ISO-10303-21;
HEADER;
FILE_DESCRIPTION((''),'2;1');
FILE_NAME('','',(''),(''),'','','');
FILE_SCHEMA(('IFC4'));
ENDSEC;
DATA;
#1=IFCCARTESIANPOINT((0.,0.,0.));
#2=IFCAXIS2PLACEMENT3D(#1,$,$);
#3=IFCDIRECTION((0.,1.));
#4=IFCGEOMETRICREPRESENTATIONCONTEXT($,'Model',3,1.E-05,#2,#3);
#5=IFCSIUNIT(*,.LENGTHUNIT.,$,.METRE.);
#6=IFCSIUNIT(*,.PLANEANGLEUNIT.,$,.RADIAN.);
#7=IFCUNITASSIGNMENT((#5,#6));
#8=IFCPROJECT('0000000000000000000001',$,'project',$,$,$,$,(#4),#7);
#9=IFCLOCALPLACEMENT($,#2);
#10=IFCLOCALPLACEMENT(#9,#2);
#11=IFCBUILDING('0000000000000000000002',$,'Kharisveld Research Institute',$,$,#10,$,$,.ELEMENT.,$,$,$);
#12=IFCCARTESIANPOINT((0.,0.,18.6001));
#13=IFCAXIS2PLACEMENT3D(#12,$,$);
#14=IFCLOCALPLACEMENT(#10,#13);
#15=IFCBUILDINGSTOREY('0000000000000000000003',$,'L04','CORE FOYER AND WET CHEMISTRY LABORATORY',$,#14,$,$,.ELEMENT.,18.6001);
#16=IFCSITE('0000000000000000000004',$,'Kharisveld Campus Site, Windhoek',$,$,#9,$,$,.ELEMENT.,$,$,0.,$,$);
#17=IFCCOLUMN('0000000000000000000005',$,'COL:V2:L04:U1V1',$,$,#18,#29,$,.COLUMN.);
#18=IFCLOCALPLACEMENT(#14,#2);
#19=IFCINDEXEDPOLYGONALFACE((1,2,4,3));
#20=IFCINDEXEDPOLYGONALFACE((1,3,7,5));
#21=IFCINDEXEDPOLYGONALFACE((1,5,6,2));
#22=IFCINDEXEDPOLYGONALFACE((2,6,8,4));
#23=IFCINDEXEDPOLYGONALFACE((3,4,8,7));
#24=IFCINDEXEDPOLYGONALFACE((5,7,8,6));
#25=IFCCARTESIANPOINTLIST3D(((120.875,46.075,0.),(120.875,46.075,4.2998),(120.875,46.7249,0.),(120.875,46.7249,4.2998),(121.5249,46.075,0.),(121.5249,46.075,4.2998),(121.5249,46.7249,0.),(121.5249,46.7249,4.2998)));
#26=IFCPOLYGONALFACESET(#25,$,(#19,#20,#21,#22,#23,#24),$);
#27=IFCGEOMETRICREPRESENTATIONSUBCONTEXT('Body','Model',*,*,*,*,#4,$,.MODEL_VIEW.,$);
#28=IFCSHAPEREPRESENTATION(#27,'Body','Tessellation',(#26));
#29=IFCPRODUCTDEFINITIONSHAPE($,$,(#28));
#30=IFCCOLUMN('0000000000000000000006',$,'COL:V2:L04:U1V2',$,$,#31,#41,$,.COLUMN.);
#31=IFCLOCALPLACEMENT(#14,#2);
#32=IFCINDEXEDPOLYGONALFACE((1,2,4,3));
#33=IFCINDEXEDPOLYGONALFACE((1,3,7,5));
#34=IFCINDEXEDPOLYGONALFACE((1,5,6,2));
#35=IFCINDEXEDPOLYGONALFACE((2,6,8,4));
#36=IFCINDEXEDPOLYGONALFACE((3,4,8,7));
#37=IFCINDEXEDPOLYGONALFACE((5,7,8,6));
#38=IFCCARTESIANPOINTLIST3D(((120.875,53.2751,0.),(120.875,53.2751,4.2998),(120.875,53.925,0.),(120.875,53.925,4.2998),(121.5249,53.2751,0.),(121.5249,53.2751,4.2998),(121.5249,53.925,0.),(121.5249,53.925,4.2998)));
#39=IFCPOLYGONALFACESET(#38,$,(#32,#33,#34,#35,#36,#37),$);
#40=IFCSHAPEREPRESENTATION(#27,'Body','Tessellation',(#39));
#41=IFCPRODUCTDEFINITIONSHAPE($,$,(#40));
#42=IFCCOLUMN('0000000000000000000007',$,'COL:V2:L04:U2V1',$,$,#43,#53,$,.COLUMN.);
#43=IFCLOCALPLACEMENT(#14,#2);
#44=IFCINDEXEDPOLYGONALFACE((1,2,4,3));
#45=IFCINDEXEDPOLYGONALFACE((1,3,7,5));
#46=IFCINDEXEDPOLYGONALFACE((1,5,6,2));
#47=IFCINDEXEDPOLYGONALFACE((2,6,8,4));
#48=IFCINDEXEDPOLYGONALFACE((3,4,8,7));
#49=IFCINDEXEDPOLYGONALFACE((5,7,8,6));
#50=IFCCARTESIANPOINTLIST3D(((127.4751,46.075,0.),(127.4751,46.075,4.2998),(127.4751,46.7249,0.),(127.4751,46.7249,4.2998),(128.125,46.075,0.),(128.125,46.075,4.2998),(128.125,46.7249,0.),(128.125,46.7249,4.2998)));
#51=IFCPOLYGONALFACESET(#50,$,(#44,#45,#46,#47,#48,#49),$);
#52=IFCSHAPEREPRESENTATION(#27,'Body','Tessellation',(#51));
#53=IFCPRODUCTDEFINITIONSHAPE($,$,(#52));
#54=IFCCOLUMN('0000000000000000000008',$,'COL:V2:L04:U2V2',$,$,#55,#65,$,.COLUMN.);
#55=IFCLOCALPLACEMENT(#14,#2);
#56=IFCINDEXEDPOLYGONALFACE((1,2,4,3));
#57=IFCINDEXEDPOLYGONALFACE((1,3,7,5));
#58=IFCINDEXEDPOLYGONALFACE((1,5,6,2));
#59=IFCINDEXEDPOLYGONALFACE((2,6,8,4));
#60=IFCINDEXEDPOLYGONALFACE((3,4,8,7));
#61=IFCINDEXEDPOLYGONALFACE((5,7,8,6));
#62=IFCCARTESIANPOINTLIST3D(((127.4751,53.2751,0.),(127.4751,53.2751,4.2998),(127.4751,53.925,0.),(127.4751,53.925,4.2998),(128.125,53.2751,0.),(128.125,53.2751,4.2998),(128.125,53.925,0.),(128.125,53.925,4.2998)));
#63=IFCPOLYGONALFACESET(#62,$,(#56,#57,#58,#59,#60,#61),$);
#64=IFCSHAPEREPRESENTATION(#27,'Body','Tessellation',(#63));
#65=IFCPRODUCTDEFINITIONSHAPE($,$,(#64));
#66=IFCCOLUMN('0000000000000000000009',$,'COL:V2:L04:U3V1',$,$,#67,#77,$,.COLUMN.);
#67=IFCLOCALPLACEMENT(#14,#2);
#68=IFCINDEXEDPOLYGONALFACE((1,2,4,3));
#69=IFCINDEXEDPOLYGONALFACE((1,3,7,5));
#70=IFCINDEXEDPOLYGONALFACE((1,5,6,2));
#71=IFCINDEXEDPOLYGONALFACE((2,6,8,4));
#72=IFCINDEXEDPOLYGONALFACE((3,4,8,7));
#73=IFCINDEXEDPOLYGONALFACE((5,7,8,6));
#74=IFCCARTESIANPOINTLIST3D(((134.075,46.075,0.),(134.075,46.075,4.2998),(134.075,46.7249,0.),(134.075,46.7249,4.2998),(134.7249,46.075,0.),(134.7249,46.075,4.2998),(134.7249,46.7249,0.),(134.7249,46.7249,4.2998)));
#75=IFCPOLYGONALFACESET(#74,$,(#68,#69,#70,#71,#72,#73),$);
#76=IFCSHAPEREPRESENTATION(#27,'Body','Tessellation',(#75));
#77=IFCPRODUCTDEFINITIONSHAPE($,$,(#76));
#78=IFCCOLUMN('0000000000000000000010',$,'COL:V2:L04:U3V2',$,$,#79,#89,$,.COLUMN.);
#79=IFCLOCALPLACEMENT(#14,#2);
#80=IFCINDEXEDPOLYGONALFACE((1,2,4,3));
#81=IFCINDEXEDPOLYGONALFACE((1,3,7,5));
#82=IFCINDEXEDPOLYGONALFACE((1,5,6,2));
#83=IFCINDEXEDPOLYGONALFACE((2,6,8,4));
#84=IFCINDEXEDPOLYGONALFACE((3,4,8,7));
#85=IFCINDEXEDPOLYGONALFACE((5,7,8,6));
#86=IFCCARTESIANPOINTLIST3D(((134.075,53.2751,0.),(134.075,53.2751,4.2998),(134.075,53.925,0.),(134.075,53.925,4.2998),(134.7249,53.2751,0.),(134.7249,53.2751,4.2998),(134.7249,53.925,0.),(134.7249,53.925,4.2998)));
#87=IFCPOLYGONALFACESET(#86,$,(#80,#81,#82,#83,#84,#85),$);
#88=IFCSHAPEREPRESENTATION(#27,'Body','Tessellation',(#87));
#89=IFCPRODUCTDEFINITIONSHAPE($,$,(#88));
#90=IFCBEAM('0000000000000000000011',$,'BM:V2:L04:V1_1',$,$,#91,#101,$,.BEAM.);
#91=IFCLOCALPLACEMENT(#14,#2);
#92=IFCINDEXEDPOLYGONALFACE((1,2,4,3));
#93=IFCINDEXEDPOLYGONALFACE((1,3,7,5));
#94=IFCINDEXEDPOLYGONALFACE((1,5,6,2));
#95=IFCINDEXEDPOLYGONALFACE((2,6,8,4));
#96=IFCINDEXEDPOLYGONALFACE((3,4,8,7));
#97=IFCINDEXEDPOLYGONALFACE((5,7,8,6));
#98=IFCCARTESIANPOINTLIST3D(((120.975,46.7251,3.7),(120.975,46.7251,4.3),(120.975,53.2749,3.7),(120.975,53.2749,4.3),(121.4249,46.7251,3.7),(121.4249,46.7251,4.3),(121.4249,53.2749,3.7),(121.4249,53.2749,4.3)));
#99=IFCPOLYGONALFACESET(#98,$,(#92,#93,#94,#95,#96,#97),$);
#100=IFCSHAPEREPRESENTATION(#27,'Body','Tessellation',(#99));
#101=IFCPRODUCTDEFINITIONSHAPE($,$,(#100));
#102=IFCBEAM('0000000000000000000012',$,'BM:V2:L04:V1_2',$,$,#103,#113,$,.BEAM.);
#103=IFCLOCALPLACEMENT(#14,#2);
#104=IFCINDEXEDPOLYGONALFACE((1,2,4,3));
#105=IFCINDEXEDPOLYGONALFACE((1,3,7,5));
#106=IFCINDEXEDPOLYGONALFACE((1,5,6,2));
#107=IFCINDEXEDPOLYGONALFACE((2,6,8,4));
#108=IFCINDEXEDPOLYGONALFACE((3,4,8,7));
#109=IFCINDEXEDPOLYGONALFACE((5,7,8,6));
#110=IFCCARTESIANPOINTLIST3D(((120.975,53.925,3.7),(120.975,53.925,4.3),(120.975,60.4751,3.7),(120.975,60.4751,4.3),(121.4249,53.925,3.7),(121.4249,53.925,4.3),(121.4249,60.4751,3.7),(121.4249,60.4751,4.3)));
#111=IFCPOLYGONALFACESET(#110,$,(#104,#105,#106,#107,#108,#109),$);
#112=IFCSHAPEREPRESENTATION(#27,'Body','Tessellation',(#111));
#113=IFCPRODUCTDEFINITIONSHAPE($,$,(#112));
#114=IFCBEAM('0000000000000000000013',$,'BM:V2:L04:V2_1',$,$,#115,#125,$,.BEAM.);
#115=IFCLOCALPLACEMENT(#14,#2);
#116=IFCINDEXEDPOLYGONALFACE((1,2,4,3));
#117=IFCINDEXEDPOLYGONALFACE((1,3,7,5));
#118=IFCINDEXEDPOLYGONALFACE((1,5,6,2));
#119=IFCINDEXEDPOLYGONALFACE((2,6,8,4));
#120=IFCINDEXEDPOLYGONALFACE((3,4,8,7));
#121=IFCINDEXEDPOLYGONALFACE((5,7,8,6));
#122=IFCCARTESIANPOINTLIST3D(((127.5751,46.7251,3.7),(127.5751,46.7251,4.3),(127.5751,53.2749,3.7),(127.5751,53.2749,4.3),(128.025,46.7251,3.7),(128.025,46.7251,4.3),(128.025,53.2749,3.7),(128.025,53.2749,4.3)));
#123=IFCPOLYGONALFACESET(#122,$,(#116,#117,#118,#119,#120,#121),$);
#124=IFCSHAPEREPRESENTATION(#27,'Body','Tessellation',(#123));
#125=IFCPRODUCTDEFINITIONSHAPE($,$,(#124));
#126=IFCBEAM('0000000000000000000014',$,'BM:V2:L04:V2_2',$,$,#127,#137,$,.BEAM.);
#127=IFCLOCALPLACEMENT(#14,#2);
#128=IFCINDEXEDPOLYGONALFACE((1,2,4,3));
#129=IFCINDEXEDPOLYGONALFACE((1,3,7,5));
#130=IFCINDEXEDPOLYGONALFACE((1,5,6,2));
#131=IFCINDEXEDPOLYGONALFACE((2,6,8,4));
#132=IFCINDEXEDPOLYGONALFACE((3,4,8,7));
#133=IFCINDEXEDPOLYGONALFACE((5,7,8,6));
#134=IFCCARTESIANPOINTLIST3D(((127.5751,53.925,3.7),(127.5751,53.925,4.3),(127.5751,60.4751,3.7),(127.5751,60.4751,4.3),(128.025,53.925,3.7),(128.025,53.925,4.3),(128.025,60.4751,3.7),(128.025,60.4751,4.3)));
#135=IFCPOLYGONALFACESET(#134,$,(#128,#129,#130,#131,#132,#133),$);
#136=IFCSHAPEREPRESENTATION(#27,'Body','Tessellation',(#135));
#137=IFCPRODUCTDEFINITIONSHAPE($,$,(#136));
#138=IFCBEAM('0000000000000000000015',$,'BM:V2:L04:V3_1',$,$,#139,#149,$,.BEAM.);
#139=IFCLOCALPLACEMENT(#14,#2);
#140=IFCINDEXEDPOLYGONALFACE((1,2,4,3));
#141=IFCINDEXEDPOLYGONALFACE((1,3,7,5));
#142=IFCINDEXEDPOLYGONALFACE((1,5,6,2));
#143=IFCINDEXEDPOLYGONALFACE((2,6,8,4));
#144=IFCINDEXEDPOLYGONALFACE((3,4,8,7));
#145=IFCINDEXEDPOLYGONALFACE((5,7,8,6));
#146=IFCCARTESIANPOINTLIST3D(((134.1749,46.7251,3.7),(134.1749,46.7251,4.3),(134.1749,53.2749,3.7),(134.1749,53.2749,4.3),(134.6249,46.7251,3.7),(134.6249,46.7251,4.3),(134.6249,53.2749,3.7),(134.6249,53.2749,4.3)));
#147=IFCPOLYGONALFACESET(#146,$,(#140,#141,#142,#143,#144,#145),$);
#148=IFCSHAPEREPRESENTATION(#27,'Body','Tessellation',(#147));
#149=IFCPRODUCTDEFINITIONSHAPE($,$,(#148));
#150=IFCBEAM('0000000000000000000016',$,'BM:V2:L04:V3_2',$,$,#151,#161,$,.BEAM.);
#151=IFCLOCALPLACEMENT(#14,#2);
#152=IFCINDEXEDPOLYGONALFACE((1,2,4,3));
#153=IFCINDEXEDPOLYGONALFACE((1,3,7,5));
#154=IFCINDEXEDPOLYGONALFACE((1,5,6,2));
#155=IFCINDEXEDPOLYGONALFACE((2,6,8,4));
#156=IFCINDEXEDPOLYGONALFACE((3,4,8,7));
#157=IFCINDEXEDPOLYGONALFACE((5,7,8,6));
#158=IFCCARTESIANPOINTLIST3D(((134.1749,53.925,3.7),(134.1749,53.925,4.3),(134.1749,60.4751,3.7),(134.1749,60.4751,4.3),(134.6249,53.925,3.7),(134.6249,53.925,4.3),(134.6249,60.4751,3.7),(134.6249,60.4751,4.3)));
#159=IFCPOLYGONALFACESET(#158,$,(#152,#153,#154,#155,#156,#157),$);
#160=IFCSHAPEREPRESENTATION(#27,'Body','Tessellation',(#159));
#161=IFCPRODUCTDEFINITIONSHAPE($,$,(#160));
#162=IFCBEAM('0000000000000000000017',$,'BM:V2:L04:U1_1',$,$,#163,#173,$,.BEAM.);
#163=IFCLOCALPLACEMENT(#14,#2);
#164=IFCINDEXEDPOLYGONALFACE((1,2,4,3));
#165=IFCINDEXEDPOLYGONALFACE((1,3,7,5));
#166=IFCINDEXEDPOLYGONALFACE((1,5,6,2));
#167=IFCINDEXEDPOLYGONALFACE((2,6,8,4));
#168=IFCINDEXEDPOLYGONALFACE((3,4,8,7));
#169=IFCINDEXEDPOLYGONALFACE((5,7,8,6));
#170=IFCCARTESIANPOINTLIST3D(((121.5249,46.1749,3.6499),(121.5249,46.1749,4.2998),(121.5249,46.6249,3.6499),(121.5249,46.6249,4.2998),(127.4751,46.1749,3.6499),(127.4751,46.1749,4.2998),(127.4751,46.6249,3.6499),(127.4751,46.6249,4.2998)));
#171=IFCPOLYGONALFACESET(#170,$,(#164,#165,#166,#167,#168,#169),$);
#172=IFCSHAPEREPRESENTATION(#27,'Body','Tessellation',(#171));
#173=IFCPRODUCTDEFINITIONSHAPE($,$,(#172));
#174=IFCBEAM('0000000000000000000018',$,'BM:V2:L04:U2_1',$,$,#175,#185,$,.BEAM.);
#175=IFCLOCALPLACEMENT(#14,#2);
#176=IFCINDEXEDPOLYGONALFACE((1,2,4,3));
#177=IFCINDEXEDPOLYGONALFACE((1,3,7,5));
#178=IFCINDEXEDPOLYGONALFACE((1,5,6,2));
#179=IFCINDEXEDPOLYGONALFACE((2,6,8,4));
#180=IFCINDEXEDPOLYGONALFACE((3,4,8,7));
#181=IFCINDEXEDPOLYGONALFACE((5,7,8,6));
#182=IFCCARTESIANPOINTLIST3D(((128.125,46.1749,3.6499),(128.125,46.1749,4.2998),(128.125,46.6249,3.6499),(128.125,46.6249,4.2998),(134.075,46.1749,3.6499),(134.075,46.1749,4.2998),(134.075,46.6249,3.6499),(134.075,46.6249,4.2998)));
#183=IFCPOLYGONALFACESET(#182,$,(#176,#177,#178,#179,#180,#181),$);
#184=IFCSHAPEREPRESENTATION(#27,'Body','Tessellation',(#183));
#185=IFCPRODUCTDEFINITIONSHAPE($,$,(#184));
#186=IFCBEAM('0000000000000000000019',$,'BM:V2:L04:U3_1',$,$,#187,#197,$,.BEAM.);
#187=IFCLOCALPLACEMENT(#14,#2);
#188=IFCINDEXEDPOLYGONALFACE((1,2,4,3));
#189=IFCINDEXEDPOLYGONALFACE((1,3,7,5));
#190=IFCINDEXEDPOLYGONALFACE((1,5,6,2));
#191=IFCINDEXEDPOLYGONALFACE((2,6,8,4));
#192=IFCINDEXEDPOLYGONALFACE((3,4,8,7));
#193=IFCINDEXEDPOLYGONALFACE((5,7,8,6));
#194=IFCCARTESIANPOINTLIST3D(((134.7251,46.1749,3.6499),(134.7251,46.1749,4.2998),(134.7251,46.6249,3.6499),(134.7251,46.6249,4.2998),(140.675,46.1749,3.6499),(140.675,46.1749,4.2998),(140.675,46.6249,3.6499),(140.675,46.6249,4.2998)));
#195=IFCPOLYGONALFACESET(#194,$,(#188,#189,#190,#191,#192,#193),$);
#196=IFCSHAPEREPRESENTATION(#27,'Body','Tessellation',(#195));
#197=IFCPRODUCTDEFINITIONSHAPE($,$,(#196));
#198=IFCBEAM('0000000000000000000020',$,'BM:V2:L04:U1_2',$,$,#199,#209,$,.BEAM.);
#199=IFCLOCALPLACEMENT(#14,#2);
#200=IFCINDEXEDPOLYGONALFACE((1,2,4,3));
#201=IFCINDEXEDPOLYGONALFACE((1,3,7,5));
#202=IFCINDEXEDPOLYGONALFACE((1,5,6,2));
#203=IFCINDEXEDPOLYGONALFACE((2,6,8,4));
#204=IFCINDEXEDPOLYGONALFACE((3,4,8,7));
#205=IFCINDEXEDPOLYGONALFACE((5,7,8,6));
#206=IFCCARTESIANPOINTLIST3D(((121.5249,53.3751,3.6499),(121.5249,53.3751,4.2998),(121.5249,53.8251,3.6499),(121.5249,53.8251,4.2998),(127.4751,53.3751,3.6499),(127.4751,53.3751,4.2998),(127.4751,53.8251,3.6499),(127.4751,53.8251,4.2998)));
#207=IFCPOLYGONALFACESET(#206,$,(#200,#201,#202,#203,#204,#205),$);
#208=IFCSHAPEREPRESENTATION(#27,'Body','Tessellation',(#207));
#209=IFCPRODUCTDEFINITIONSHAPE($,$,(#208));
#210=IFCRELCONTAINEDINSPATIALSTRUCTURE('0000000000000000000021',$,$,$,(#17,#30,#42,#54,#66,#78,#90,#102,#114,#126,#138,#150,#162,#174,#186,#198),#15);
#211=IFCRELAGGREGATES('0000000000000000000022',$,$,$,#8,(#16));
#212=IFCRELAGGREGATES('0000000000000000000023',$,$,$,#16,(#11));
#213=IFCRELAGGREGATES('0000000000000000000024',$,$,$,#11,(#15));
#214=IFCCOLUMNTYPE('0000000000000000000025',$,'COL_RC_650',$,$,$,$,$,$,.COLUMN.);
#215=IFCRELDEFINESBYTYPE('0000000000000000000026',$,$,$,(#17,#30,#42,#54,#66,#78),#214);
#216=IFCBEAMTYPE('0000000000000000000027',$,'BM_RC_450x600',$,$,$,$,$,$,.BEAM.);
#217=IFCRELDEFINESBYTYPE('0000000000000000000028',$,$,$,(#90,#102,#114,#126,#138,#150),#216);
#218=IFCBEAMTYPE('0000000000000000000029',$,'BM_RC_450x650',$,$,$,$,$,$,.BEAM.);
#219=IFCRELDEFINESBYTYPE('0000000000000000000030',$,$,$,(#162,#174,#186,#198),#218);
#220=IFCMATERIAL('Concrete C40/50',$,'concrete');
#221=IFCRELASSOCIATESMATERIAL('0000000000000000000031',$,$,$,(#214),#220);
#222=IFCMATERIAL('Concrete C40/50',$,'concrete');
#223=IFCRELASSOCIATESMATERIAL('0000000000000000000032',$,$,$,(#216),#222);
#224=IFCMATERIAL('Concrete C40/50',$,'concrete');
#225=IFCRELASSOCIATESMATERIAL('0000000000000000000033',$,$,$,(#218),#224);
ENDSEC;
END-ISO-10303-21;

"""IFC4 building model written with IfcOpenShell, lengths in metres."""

from ifc_helpers import new_model, si_unit, direction, frame, origin, origin_2d, place, context, subcontext, project, spatial, rectangle, extrude, material, material_profile, profile_set, type_object, element, save


model = new_model("IFC4")

# Units and contexts
model_context = context("Model", 3, precision=1e-05, world=origin(), true_north=direction((0.0, 1.0)))
body_context = subcontext(model_context, "Body", "Model", "MODEL_VIEW")
ifc_project = project(units=[si_unit("LENGTHUNIT", "METRE"), si_unit("PLANEANGLEUNIT", "RADIAN")], contexts=[model_context])

# Site, building, storey
site_placement = place(None, origin())
site = spatial("IfcSite", under=ifc_project, at=site_placement, Name="Kharisveld Campus Site, Windhoek", CompositionType="ELEMENT", RefElevation=0.0)
building_placement = place(site_placement, origin())
building = spatial("IfcBuilding", under=site, at=building_placement, Name="Kharisveld Research Institute", CompositionType="ELEMENT")
storey_placement = place(building_placement, frame((0.0, 0.0, 18.6001)))
storey = spatial("IfcBuildingStorey", under=building, at=storey_placement, Name="L04", Description="CORE FOYER AND WET CHEMISTRY LABORATORY", CompositionType="ELEMENT", Elevation=18.6001)

# Columns
ifc_material_1 = material(Name="Concrete C40/50", Category="concrete")
ifc_material_profile_1 = material_profile(ifc_material_1, rectangle(XDim=0.6499, YDim=0.6499, at=origin_2d()))
ifc_profile_set_1 = profile_set([ifc_material_profile_1], Name="Concrete C40/50")
column_type = type_object("IfcColumnType", Name="COL_RC_650", PredefinedType="COLUMN", material=ifc_profile_set_1)
for number, where, z_axis, x_axis, name in (
    (1, (121.2, 46.3999, 0.0), (0.0, 0.0, 1.0), (1.0, 0.0, 0.0), "COL:V2:L04:U1V1"),
    (2, (121.2, 53.6001, 0.0), (0.0, 0.0, 1.0), (1.0, 0.0, 0.0), "COL:V2:L04:U1V2"),
    (3, (127.8, 46.3999, 0.0), (0.0, 0.0, 1.0), (1.0, 0.0, 0.0), "COL:V2:L04:U2V1"),
    (4, (127.8, 53.6001, 0.0), (0.0, 0.0, 1.0), (1.0, 0.0, 0.0), "COL:V2:L04:U2V2"),
    (5, (134.3999, 46.3999, 0.0), (0.0, 0.0, 1.0), (1.0, 0.0, 0.0), "COL:V2:L04:U3V1"),
    (6, (134.3999, 53.6001, 0.0), (0.0, 0.0, 1.0), (1.0, 0.0, 0.0), "COL:V2:L04:U3V2"),
):
    element("IfcColumn", number, at=place(storey_placement, frame(where, z_axis=z_axis, x_axis=x_axis)), inside=storey, type_object=column_type, Name=name, PredefinedType="COLUMN", context=body_context, shape_type="SweptSolid", body=[
        extrude(rectangle(XDim=0.6499, YDim=0.6499, at=origin_2d()), origin(), (0.0, 0.0, 1.0), 4.2998),
    ])

# Beams
ifc_material_2 = material(Name="Concrete C40/50", Category="concrete")
ifc_material_profile_2 = material_profile(ifc_material_2, rectangle(XDim=0.45, YDim=0.6001, at=origin_2d()))
ifc_profile_set_2 = profile_set([ifc_material_profile_2], Name="Concrete C40/50")
beam_type_1 = type_object("IfcBeamType", Name="BM_RC_450x600", PredefinedType="BEAM", material=ifc_profile_set_2)
beam_1_placement = place(storey_placement, frame((121.2, 46.7251, 4.0), z_axis=(0.0, 1.0, 0.0), x_axis=(-1.0, 0.0, 0.0)))
element("IfcBeam", 7, at=beam_1_placement, inside=storey, type_object=beam_type_1, Name="BM:V2:L04:V1_1", PredefinedType="BEAM", context=body_context, shape_type="SweptSolid", body=[
    extrude(rectangle(XDim=0.45, YDim=0.6001, at=origin_2d()), origin(), (0.0, 0.0, 1.0), 6.5498),
])
beam_2_placement = place(storey_placement, frame((121.2, 53.925, 4.0), z_axis=(0.0, 1.0, 0.0), x_axis=(-1.0, 0.0, 0.0)))
element("IfcBeam", 8, at=beam_2_placement, inside=storey, type_object=beam_type_1, Name="BM:V2:L04:V1_2", PredefinedType="BEAM", context=body_context, shape_type="SweptSolid", body=[
    extrude(rectangle(XDim=0.45, YDim=0.6001, at=origin_2d()), origin(), (0.0, 0.0, 1.0), 6.55),
])
beam_3_placement = place(storey_placement, frame((127.8, 46.7251, 4.0), z_axis=(0.0, 1.0, 0.0), x_axis=(-1.0, 0.0, 0.0)))
element("IfcBeam", 9, at=beam_3_placement, inside=storey, type_object=beam_type_1, Name="BM:V2:L04:V2_1", PredefinedType="BEAM", context=body_context, shape_type="SweptSolid", body=[
    extrude(rectangle(XDim=0.45, YDim=0.6001, at=origin_2d()), origin(), (0.0, 0.0, 1.0), 6.5498),
])
beam_4_placement = place(storey_placement, frame((127.8, 53.925, 4.0), z_axis=(0.0, 1.0, 0.0), x_axis=(-1.0, 0.0, 0.0)))
element("IfcBeam", 10, at=beam_4_placement, inside=storey, type_object=beam_type_1, Name="BM:V2:L04:V2_2", PredefinedType="BEAM", context=body_context, shape_type="SweptSolid", body=[
    extrude(rectangle(XDim=0.45, YDim=0.6001, at=origin_2d()), origin(), (0.0, 0.0, 1.0), 6.55),
])
beam_5_placement = place(storey_placement, frame((134.3999, 46.7251, 4.0), z_axis=(0.0, 1.0, 0.0), x_axis=(-1.0, 0.0, 0.0)))
element("IfcBeam", 11, at=beam_5_placement, inside=storey, type_object=beam_type_1, Name="BM:V2:L04:V3_1", PredefinedType="BEAM", context=body_context, shape_type="SweptSolid", body=[
    extrude(rectangle(XDim=0.45, YDim=0.6001, at=origin_2d()), origin(), (0.0, 0.0, 1.0), 6.5498),
])
beam_6_placement = place(storey_placement, frame((134.3999, 53.925, 4.0), z_axis=(0.0, 1.0, 0.0), x_axis=(-1.0, 0.0, 0.0)))
element("IfcBeam", 12, at=beam_6_placement, inside=storey, type_object=beam_type_1, Name="BM:V2:L04:V3_2", PredefinedType="BEAM", context=body_context, shape_type="SweptSolid", body=[
    extrude(rectangle(XDim=0.45, YDim=0.6001, at=origin_2d()), origin(), (0.0, 0.0, 1.0), 6.55),
])
ifc_material_3 = material(Name="Concrete C40/50", Category="concrete")
ifc_material_profile_3 = material_profile(ifc_material_3, rectangle(XDim=0.45, YDim=0.6499, at=origin_2d()))
ifc_profile_set_3 = profile_set([ifc_material_profile_3], Name="Concrete C40/50")
beam_type_2 = type_object("IfcBeamType", Name="BM_RC_450x650", PredefinedType="BEAM", material=ifc_profile_set_3)
beam_7_placement = place(storey_placement, frame((121.5249, 46.3999, 3.9749), z_axis=(1.0, 0.0, 0.0), x_axis=(0.0, 1.0, 0.0)))
element("IfcBeam", 13, at=beam_7_placement, inside=storey, type_object=beam_type_2, Name="BM:V2:L04:U1_1", PredefinedType="BEAM", context=body_context, shape_type="SweptSolid", body=[
    extrude(rectangle(XDim=0.45, YDim=0.6499, at=origin_2d()), origin(), (0.0, 0.0, 1.0), 5.9502),
])
for number, where, z_axis, x_axis, name in (
    (14, (128.125, 46.3999, 3.9749), (1.0, 0.0, 0.0), (0.0, 1.0, 0.0), "BM:V2:L04:U2_1"),
    (15, (134.7251, 46.3999, 3.9749), (1.0, 0.0, 0.0), (0.0, 1.0, 0.0), "BM:V2:L04:U3_1"),
):
    element("IfcBeam", number, at=place(storey_placement, frame(where, z_axis=z_axis, x_axis=x_axis)), inside=storey, type_object=beam_type_2, Name=name, PredefinedType="BEAM", context=body_context, shape_type="SweptSolid", body=[
        extrude(rectangle(XDim=0.45, YDim=0.6499, at=origin_2d()), origin(), (0.0, 0.0, 1.0), 5.95),
    ])
beam_8_placement = place(storey_placement, frame((121.5249, 53.6001, 3.9749), z_axis=(1.0, 0.0, 0.0), x_axis=(0.0, 1.0, 0.0)))
element("IfcBeam", 16, at=beam_8_placement, inside=storey, type_object=beam_type_2, Name="BM:V2:L04:U1_2", PredefinedType="BEAM", context=body_context, shape_type="SweptSolid", body=[
    extrude(rectangle(XDim=0.45, YDim=0.6499, at=origin_2d()), origin(), (0.0, 0.0, 1.0), 5.9502),
])

save(model, "model.ifc")
